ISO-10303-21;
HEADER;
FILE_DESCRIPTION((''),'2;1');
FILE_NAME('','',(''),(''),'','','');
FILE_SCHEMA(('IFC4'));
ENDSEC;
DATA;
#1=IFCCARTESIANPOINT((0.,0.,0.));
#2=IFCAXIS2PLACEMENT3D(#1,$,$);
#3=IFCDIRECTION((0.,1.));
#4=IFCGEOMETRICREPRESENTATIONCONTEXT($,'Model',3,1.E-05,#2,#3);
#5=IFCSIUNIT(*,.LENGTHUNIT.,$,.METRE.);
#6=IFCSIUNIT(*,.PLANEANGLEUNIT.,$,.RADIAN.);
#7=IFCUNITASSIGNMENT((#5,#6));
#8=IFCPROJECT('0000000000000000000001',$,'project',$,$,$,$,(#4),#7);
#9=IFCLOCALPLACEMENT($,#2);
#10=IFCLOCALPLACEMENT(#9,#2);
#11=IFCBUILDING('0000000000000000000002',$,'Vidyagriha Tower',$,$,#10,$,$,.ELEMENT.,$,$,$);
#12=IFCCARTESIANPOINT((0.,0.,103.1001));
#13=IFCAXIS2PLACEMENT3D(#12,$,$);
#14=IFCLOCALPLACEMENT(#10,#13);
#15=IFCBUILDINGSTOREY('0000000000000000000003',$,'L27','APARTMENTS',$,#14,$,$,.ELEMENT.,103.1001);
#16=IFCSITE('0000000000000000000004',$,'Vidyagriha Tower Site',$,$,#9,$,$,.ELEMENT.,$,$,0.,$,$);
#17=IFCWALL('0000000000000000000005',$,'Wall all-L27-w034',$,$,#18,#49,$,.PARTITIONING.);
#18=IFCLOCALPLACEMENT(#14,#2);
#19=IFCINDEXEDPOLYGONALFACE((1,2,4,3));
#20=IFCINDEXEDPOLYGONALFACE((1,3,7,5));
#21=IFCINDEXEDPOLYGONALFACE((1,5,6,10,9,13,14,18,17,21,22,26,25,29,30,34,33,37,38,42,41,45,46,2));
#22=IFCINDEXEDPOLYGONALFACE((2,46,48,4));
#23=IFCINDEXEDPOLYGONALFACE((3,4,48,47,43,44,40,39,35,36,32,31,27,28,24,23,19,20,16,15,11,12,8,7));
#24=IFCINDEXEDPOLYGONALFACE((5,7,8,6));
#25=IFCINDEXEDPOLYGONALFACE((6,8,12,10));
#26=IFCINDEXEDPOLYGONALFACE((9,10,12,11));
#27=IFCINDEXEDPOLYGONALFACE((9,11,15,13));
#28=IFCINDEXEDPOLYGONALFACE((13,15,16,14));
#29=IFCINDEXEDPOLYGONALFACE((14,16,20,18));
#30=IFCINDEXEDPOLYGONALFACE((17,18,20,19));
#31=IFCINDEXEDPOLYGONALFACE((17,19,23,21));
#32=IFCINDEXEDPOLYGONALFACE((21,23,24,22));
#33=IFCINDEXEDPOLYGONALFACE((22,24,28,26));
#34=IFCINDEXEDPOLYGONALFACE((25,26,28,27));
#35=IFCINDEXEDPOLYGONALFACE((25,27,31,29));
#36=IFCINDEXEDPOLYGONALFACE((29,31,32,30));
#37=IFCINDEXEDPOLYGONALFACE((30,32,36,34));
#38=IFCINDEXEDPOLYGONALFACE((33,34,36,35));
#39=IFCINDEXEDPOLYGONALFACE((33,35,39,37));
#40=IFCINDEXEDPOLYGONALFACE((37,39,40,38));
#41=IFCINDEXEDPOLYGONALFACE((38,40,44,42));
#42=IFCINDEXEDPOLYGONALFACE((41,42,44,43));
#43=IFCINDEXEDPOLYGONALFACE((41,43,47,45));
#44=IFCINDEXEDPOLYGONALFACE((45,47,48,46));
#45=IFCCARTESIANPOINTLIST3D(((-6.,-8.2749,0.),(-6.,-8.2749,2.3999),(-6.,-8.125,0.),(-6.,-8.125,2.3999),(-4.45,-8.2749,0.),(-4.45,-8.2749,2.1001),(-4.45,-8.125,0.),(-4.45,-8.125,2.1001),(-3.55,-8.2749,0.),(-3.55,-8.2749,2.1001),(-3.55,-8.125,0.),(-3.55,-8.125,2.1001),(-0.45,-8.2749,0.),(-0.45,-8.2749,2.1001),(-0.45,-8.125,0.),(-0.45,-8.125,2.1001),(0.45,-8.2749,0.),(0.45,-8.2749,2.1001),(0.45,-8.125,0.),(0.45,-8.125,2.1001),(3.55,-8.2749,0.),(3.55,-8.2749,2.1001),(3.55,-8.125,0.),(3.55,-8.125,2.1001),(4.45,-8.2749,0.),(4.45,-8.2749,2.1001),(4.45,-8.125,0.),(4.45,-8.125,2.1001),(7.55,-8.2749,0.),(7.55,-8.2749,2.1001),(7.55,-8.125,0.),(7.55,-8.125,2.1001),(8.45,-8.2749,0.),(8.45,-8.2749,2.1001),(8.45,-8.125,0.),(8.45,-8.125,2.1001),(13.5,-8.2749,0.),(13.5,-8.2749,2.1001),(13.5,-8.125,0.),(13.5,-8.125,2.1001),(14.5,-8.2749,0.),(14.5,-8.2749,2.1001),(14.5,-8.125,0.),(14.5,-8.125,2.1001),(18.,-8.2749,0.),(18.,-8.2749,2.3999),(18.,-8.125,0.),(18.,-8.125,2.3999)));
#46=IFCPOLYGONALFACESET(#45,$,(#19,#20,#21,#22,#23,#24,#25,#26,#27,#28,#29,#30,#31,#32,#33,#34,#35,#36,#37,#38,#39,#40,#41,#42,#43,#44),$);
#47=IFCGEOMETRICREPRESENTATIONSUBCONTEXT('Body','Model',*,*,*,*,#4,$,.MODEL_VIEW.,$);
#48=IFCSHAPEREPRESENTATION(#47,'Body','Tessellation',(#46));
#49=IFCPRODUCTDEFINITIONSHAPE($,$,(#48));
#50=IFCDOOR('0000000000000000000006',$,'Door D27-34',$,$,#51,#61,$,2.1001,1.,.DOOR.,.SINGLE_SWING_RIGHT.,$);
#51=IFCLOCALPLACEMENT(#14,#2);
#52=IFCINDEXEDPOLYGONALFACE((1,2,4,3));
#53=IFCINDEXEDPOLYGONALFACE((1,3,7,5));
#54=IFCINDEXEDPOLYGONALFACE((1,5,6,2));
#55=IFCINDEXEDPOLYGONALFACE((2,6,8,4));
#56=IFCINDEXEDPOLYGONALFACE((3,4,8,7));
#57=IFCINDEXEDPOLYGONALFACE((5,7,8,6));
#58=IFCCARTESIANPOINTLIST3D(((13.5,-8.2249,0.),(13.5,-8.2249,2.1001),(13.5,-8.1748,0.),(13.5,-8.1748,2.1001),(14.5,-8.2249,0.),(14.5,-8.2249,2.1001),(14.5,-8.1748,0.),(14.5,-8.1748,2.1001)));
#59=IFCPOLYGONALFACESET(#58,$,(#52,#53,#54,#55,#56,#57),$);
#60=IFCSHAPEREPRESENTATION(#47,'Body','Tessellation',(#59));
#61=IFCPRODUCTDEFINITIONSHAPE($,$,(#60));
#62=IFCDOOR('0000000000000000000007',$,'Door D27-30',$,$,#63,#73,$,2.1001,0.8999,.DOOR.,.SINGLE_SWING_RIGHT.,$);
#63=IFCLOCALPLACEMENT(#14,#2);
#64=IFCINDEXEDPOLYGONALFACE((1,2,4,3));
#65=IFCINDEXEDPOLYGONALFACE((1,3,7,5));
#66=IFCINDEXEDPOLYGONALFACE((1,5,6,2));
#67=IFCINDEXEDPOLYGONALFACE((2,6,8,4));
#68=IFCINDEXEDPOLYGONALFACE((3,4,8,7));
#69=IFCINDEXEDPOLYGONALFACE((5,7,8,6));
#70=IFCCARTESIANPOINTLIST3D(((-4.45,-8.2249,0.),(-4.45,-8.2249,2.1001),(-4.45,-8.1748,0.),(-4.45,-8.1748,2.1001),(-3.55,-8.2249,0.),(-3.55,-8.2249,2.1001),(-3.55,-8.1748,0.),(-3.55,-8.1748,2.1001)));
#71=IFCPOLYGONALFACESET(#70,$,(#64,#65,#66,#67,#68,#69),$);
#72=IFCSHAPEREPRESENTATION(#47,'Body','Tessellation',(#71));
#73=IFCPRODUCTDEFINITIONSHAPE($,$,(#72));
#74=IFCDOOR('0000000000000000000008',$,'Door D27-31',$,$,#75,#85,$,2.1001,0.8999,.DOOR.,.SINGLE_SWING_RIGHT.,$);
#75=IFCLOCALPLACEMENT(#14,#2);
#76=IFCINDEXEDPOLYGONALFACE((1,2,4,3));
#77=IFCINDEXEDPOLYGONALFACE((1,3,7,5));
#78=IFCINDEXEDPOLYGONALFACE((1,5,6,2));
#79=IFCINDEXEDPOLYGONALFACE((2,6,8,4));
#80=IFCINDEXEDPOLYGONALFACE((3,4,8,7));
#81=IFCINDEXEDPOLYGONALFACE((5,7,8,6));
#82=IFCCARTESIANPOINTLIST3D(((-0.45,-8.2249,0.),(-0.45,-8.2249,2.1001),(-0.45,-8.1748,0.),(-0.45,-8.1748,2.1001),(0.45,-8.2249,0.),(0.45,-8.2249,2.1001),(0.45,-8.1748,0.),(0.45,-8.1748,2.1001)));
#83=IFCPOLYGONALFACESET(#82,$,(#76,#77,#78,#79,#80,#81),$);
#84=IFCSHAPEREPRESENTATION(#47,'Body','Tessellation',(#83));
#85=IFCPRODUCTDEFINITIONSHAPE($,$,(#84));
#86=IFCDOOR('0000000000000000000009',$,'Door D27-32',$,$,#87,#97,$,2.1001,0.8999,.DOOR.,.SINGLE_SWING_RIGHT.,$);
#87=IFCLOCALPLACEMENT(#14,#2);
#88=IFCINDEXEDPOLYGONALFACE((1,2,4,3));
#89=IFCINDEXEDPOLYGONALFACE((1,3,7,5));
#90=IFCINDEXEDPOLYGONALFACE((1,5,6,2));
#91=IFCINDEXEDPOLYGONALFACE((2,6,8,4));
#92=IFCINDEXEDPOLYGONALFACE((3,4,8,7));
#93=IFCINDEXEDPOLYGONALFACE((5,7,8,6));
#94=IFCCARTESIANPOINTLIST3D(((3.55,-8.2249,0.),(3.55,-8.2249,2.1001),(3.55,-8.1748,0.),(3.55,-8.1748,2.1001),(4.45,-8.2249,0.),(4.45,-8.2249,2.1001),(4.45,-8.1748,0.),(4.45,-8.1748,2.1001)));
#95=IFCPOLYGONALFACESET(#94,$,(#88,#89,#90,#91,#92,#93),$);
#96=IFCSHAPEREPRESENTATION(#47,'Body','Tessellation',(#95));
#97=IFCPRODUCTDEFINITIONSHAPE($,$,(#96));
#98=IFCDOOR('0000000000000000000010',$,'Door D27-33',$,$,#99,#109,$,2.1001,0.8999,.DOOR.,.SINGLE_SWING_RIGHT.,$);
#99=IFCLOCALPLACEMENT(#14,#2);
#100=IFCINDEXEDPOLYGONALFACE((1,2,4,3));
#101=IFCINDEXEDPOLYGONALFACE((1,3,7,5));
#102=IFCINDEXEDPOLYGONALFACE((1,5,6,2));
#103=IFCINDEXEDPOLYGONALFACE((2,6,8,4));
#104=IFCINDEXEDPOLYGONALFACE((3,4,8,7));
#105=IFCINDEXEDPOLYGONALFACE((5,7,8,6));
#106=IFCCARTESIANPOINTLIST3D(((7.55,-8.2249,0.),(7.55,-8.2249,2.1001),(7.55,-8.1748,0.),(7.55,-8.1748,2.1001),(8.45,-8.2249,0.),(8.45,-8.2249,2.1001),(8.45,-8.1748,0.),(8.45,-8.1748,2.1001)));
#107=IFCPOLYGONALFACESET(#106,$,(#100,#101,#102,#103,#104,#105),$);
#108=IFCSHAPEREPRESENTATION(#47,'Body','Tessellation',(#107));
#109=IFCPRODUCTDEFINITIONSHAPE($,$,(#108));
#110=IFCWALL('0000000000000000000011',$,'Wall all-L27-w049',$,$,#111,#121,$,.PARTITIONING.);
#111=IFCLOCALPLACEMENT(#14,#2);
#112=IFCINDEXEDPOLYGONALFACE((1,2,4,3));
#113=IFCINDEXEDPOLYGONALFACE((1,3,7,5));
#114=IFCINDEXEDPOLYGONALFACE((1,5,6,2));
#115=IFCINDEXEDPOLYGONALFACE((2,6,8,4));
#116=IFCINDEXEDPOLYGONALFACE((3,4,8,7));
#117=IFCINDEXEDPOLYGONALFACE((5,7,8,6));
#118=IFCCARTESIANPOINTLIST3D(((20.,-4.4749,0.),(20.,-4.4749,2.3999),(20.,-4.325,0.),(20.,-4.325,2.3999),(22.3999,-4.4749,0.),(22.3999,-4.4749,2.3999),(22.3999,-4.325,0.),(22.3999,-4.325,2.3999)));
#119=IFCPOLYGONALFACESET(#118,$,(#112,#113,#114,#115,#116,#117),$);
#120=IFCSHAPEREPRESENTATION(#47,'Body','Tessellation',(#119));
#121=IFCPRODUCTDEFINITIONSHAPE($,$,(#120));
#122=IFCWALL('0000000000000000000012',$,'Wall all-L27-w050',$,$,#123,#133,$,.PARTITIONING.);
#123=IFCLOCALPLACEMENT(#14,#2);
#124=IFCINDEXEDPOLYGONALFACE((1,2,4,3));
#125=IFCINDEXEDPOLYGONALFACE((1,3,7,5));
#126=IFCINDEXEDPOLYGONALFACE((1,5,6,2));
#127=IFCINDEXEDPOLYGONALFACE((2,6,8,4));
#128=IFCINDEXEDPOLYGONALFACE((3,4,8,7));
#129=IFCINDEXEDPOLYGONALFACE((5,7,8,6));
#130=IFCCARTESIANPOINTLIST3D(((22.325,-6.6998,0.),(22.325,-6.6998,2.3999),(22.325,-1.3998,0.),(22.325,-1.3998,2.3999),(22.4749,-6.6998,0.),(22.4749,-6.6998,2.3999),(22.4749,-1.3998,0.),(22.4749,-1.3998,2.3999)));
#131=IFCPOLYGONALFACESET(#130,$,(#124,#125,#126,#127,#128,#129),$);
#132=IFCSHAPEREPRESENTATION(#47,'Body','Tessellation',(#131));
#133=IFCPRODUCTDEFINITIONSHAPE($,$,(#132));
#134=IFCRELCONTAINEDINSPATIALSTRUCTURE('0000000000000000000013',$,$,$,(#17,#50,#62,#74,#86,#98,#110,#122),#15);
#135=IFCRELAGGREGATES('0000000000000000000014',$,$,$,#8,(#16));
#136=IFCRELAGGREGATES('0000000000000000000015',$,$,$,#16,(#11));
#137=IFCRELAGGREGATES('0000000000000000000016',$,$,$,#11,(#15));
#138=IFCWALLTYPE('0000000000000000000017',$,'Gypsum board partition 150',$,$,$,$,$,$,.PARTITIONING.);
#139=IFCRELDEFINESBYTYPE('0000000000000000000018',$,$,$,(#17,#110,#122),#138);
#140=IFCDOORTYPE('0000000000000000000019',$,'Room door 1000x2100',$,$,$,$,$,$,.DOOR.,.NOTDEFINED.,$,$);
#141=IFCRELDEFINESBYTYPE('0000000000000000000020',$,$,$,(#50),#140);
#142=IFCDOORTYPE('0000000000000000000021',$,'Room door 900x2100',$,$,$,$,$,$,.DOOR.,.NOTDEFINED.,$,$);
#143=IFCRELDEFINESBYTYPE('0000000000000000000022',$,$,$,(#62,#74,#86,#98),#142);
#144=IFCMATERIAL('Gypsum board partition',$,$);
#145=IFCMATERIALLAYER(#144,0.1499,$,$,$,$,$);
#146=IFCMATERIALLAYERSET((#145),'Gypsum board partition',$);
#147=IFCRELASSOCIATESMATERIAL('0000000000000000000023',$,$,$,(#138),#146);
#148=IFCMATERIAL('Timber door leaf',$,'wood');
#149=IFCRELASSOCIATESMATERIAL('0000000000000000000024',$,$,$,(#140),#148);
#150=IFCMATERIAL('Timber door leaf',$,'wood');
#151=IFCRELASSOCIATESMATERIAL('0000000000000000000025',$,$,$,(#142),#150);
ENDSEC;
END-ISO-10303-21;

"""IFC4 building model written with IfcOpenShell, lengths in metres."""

from ifc_helpers import new_model, si_unit, direction, frame, frame_2d, origin, place, context, subcontext, project, spatial, rectangle, extrude, material, layer, layer_set, type_object, element, fill, save


model = new_model("IFC4")

# Units and contexts
model_context = context("Model", 3, precision=1e-05, world=origin(), true_north=direction((0.0, 1.0)))
body_context = subcontext(model_context, "Body", "Model", "MODEL_VIEW")
ifc_project = project(units=[si_unit("LENGTHUNIT", "METRE"), si_unit("PLANEANGLEUNIT", "RADIAN")], contexts=[model_context])

# Site, building, storey
site_placement = place(None, origin())
site = spatial("IfcSite", under=ifc_project, at=site_placement, Name="Vidyagriha Tower Site", CompositionType="ELEMENT", RefElevation=0.0)
building_placement = place(site_placement, origin())
building = spatial("IfcBuilding", under=site, at=building_placement, Name="Vidyagriha Tower", CompositionType="ELEMENT")
storey_placement = place(building_placement, frame((0.0, 0.0, 103.1001)))
storey = spatial("IfcBuildingStorey", under=building, at=storey_placement, Name="L27", Description="APARTMENTS", CompositionType="ELEMENT", Elevation=103.1001)

# Wall, openings, doors
ifc_material_1 = material(Name="Gypsum board partition")
ifc_layer_1 = layer(ifc_material_1, 0.1499)
ifc_layer_set_1 = layer_set([ifc_layer_1], Name="Gypsum board partition")
wall_type_1 = type_object("IfcWallType", Name="Gypsum board partition 150", PredefinedType="PARTITIONING", material=ifc_layer_set_1)
wall_1_placement = place(storey_placement, frame((18.0, -8.2, 0.0), z_axis=(0.0, 0.0, 1.0), x_axis=(-1.0, 0.0, 0.0)))
wall_1 = element("IfcWall", 1, at=wall_1_placement, inside=storey, type_object=wall_type_1, Name="Wall all-L27-w034", PredefinedType="PARTITIONING", context=body_context, shape_type="SweptSolid", body=[
    extrude(rectangle(XDim=24.0, YDim=0.1499, at=frame_2d((12.0, 0.0))), origin(), (0.0, 0.0, 1.0), 2.3999),
])
opening_1_placement = place(wall_1_placement, frame((21.55, 0.0, 0.0)))
opening_1 = element("IfcOpeningElement", 2, at=opening_1_placement, cuts=wall_1, PredefinedType="OPENING", context=body_context, shape_type="SweptSolid", body=[
    extrude(rectangle(XDim=0.8999, YDim=2.1001, at=frame_2d((0.45, 1.05))), frame((0.0, 0.085, 0.0), z_axis=(0.0, -1.0, 0.0), x_axis=(1.0, 0.0, 0.0)), (0.0, 0.0, 1.0), 0.1699),
])
opening_2_placement = place(wall_1_placement, frame((17.55, 0.0, 0.0)))
opening_2 = element("IfcOpeningElement", 3, at=opening_2_placement, cuts=wall_1, PredefinedType="OPENING", context=body_context, shape_type="SweptSolid", body=[
    extrude(rectangle(XDim=0.8999, YDim=2.1001, at=frame_2d((0.45, 1.05))), frame((0.0, 0.085, 0.0), z_axis=(0.0, -1.0, 0.0), x_axis=(1.0, 0.0, 0.0)), (0.0, 0.0, 1.0), 0.1699),
])
opening_3_placement = place(wall_1_placement, frame((13.55, 0.0, 0.0)))
opening_3 = element("IfcOpeningElement", 4, at=opening_3_placement, cuts=wall_1, PredefinedType="OPENING", context=body_context, shape_type="SweptSolid", body=[
    extrude(rectangle(XDim=0.8999, YDim=2.1001, at=frame_2d((0.45, 1.05))), frame((0.0, 0.085, 0.0), z_axis=(0.0, -1.0, 0.0), x_axis=(1.0, 0.0, 0.0)), (0.0, 0.0, 1.0), 0.1699),
])
opening_4_placement = place(wall_1_placement, frame((9.55, 0.0, 0.0)))
opening_4 = element("IfcOpeningElement", 5, at=opening_4_placement, cuts=wall_1, PredefinedType="OPENING", context=body_context, shape_type="SweptSolid", body=[
    extrude(rectangle(XDim=0.8999, YDim=2.1001, at=frame_2d((0.45, 1.05))), frame((0.0, 0.085, 0.0), z_axis=(0.0, -1.0, 0.0), x_axis=(1.0, 0.0, 0.0)), (0.0, 0.0, 1.0), 0.1699),
])
opening_5_placement = place(wall_1_placement, frame((3.5, 0.0, 0.0)))
opening_5 = element("IfcOpeningElement", 6, at=opening_5_placement, cuts=wall_1, PredefinedType="OPENING", context=body_context, shape_type="SweptSolid", body=[
    extrude(rectangle(XDim=1.0, YDim=2.1001, at=frame_2d((0.5, 1.05))), frame((0.0, 0.085, 0.0), z_axis=(0.0, -1.0, 0.0), x_axis=(1.0, 0.0, 0.0)), (0.0, 0.0, 1.0), 0.1699),
])
ifc_material_2 = material(Name="Timber door leaf", Category="wood")
door_type_1 = type_object("IfcDoorType", Name="Room door 1000x2100", OperationType="NOTDEFINED", PredefinedType="DOOR", material=ifc_material_2)
door_1_placement = place(opening_5_placement, origin())
door_1 = element("IfcDoor", 7, at=door_1_placement, inside=storey, type_object=door_type_1, Name="Door D27-34", OperationType="SINGLE_SWING_RIGHT", OverallHeight=2.1001, OverallWidth=1.0, PredefinedType="DOOR", context=body_context, shape_type="SweptSolid", body=[
    extrude(rectangle(XDim=1.0, YDim=2.1001, at=frame_2d((0.5, 1.05))), frame((0.0, 0.0249, 0.0), z_axis=(0.0, -1.0, 0.0), x_axis=(1.0, 0.0, 0.0)), (0.0, 0.0, 1.0), 0.05),
])
fill(opening_5, door_1)
ifc_material_3 = material(Name="Timber door leaf", Category="wood")
door_type_2 = type_object("IfcDoorType", Name="Room door 900x2100", OperationType="NOTDEFINED", PredefinedType="DOOR", material=ifc_material_3)
door_2_placement = place(opening_1_placement, origin())
door_2 = element("IfcDoor", 8, at=door_2_placement, inside=storey, type_object=door_type_2, Name="Door D27-30", OperationType="SINGLE_SWING_RIGHT", OverallHeight=2.1001, OverallWidth=0.8999, PredefinedType="DOOR", context=body_context, shape_type="SweptSolid", body=[
    extrude(rectangle(XDim=0.8999, YDim=2.1001, at=frame_2d((0.45, 1.05))), frame((0.0, 0.0249, 0.0), z_axis=(0.0, -1.0, 0.0), x_axis=(1.0, 0.0, 0.0)), (0.0, 0.0, 1.0), 0.05),
])
fill(opening_1, door_2)
door_3_placement = place(opening_2_placement, origin())
door_3 = element("IfcDoor", 9, at=door_3_placement, inside=storey, type_object=door_type_2, Name="Door D27-31", OperationType="SINGLE_SWING_RIGHT", OverallHeight=2.1001, OverallWidth=0.8999, PredefinedType="DOOR", context=body_context, shape_type="SweptSolid", body=[
    extrude(rectangle(XDim=0.8999, YDim=2.1001, at=frame_2d((0.45, 1.05))), frame((0.0, 0.0249, 0.0), z_axis=(0.0, -1.0, 0.0), x_axis=(1.0, 0.0, 0.0)), (0.0, 0.0, 1.0), 0.05),
])
fill(opening_2, door_3)
door_4_placement = place(opening_3_placement, origin())
door_4 = element("IfcDoor", 10, at=door_4_placement, inside=storey, type_object=door_type_2, Name="Door D27-32", OperationType="SINGLE_SWING_RIGHT", OverallHeight=2.1001, OverallWidth=0.8999, PredefinedType="DOOR", context=body_context, shape_type="SweptSolid", body=[
    extrude(rectangle(XDim=0.8999, YDim=2.1001, at=frame_2d((0.45, 1.05))), frame((0.0, 0.0249, 0.0), z_axis=(0.0, -1.0, 0.0), x_axis=(1.0, 0.0, 0.0)), (0.0, 0.0, 1.0), 0.05),
])
fill(opening_3, door_4)
door_5_placement = place(opening_4_placement, origin())
door_5 = element("IfcDoor", 11, at=door_5_placement, inside=storey, type_object=door_type_2, Name="Door D27-33", OperationType="SINGLE_SWING_RIGHT", OverallHeight=2.1001, OverallWidth=0.8999, PredefinedType="DOOR", context=body_context, shape_type="SweptSolid", body=[
    extrude(rectangle(XDim=0.8999, YDim=2.1001, at=frame_2d((0.45, 1.05))), frame((0.0, 0.0249, 0.0), z_axis=(0.0, -1.0, 0.0), x_axis=(1.0, 0.0, 0.0)), (0.0, 0.0, 1.0), 0.05),
])
fill(opening_4, door_5)

# Walls
wall_2_placement = place(storey_placement, frame((22.3999, -4.3999, 0.0), z_axis=(0.0, 0.0, 1.0), x_axis=(-1.0, 0.0, 0.0)))
element("IfcWall", 12, at=wall_2_placement, inside=storey, type_object=wall_type_1, Name="Wall all-L27-w049", PredefinedType="PARTITIONING", context=body_context, shape_type="SweptSolid", body=[
    extrude(rectangle(XDim=2.3999, YDim=0.1499, at=frame_2d((1.2, 0.0))), origin(), (0.0, 0.0, 1.0), 2.3999),
])
wall_3_placement = place(storey_placement, frame((22.3999, -1.3999, 0.0), z_axis=(0.0, 0.0, 1.0), x_axis=(0.0, -1.0, 0.0)))
element("IfcWall", 13, at=wall_3_placement, inside=storey, type_object=wall_type_1, Name="Wall all-L27-w050", PredefinedType="PARTITIONING", context=body_context, shape_type="SweptSolid", body=[
    extrude(rectangle(XDim=5.3, YDim=0.1499, at=frame_2d((2.6499, 0.0))), origin(), (0.0, 0.0, 1.0), 2.3999),
])

save(model, "model.ifc")
